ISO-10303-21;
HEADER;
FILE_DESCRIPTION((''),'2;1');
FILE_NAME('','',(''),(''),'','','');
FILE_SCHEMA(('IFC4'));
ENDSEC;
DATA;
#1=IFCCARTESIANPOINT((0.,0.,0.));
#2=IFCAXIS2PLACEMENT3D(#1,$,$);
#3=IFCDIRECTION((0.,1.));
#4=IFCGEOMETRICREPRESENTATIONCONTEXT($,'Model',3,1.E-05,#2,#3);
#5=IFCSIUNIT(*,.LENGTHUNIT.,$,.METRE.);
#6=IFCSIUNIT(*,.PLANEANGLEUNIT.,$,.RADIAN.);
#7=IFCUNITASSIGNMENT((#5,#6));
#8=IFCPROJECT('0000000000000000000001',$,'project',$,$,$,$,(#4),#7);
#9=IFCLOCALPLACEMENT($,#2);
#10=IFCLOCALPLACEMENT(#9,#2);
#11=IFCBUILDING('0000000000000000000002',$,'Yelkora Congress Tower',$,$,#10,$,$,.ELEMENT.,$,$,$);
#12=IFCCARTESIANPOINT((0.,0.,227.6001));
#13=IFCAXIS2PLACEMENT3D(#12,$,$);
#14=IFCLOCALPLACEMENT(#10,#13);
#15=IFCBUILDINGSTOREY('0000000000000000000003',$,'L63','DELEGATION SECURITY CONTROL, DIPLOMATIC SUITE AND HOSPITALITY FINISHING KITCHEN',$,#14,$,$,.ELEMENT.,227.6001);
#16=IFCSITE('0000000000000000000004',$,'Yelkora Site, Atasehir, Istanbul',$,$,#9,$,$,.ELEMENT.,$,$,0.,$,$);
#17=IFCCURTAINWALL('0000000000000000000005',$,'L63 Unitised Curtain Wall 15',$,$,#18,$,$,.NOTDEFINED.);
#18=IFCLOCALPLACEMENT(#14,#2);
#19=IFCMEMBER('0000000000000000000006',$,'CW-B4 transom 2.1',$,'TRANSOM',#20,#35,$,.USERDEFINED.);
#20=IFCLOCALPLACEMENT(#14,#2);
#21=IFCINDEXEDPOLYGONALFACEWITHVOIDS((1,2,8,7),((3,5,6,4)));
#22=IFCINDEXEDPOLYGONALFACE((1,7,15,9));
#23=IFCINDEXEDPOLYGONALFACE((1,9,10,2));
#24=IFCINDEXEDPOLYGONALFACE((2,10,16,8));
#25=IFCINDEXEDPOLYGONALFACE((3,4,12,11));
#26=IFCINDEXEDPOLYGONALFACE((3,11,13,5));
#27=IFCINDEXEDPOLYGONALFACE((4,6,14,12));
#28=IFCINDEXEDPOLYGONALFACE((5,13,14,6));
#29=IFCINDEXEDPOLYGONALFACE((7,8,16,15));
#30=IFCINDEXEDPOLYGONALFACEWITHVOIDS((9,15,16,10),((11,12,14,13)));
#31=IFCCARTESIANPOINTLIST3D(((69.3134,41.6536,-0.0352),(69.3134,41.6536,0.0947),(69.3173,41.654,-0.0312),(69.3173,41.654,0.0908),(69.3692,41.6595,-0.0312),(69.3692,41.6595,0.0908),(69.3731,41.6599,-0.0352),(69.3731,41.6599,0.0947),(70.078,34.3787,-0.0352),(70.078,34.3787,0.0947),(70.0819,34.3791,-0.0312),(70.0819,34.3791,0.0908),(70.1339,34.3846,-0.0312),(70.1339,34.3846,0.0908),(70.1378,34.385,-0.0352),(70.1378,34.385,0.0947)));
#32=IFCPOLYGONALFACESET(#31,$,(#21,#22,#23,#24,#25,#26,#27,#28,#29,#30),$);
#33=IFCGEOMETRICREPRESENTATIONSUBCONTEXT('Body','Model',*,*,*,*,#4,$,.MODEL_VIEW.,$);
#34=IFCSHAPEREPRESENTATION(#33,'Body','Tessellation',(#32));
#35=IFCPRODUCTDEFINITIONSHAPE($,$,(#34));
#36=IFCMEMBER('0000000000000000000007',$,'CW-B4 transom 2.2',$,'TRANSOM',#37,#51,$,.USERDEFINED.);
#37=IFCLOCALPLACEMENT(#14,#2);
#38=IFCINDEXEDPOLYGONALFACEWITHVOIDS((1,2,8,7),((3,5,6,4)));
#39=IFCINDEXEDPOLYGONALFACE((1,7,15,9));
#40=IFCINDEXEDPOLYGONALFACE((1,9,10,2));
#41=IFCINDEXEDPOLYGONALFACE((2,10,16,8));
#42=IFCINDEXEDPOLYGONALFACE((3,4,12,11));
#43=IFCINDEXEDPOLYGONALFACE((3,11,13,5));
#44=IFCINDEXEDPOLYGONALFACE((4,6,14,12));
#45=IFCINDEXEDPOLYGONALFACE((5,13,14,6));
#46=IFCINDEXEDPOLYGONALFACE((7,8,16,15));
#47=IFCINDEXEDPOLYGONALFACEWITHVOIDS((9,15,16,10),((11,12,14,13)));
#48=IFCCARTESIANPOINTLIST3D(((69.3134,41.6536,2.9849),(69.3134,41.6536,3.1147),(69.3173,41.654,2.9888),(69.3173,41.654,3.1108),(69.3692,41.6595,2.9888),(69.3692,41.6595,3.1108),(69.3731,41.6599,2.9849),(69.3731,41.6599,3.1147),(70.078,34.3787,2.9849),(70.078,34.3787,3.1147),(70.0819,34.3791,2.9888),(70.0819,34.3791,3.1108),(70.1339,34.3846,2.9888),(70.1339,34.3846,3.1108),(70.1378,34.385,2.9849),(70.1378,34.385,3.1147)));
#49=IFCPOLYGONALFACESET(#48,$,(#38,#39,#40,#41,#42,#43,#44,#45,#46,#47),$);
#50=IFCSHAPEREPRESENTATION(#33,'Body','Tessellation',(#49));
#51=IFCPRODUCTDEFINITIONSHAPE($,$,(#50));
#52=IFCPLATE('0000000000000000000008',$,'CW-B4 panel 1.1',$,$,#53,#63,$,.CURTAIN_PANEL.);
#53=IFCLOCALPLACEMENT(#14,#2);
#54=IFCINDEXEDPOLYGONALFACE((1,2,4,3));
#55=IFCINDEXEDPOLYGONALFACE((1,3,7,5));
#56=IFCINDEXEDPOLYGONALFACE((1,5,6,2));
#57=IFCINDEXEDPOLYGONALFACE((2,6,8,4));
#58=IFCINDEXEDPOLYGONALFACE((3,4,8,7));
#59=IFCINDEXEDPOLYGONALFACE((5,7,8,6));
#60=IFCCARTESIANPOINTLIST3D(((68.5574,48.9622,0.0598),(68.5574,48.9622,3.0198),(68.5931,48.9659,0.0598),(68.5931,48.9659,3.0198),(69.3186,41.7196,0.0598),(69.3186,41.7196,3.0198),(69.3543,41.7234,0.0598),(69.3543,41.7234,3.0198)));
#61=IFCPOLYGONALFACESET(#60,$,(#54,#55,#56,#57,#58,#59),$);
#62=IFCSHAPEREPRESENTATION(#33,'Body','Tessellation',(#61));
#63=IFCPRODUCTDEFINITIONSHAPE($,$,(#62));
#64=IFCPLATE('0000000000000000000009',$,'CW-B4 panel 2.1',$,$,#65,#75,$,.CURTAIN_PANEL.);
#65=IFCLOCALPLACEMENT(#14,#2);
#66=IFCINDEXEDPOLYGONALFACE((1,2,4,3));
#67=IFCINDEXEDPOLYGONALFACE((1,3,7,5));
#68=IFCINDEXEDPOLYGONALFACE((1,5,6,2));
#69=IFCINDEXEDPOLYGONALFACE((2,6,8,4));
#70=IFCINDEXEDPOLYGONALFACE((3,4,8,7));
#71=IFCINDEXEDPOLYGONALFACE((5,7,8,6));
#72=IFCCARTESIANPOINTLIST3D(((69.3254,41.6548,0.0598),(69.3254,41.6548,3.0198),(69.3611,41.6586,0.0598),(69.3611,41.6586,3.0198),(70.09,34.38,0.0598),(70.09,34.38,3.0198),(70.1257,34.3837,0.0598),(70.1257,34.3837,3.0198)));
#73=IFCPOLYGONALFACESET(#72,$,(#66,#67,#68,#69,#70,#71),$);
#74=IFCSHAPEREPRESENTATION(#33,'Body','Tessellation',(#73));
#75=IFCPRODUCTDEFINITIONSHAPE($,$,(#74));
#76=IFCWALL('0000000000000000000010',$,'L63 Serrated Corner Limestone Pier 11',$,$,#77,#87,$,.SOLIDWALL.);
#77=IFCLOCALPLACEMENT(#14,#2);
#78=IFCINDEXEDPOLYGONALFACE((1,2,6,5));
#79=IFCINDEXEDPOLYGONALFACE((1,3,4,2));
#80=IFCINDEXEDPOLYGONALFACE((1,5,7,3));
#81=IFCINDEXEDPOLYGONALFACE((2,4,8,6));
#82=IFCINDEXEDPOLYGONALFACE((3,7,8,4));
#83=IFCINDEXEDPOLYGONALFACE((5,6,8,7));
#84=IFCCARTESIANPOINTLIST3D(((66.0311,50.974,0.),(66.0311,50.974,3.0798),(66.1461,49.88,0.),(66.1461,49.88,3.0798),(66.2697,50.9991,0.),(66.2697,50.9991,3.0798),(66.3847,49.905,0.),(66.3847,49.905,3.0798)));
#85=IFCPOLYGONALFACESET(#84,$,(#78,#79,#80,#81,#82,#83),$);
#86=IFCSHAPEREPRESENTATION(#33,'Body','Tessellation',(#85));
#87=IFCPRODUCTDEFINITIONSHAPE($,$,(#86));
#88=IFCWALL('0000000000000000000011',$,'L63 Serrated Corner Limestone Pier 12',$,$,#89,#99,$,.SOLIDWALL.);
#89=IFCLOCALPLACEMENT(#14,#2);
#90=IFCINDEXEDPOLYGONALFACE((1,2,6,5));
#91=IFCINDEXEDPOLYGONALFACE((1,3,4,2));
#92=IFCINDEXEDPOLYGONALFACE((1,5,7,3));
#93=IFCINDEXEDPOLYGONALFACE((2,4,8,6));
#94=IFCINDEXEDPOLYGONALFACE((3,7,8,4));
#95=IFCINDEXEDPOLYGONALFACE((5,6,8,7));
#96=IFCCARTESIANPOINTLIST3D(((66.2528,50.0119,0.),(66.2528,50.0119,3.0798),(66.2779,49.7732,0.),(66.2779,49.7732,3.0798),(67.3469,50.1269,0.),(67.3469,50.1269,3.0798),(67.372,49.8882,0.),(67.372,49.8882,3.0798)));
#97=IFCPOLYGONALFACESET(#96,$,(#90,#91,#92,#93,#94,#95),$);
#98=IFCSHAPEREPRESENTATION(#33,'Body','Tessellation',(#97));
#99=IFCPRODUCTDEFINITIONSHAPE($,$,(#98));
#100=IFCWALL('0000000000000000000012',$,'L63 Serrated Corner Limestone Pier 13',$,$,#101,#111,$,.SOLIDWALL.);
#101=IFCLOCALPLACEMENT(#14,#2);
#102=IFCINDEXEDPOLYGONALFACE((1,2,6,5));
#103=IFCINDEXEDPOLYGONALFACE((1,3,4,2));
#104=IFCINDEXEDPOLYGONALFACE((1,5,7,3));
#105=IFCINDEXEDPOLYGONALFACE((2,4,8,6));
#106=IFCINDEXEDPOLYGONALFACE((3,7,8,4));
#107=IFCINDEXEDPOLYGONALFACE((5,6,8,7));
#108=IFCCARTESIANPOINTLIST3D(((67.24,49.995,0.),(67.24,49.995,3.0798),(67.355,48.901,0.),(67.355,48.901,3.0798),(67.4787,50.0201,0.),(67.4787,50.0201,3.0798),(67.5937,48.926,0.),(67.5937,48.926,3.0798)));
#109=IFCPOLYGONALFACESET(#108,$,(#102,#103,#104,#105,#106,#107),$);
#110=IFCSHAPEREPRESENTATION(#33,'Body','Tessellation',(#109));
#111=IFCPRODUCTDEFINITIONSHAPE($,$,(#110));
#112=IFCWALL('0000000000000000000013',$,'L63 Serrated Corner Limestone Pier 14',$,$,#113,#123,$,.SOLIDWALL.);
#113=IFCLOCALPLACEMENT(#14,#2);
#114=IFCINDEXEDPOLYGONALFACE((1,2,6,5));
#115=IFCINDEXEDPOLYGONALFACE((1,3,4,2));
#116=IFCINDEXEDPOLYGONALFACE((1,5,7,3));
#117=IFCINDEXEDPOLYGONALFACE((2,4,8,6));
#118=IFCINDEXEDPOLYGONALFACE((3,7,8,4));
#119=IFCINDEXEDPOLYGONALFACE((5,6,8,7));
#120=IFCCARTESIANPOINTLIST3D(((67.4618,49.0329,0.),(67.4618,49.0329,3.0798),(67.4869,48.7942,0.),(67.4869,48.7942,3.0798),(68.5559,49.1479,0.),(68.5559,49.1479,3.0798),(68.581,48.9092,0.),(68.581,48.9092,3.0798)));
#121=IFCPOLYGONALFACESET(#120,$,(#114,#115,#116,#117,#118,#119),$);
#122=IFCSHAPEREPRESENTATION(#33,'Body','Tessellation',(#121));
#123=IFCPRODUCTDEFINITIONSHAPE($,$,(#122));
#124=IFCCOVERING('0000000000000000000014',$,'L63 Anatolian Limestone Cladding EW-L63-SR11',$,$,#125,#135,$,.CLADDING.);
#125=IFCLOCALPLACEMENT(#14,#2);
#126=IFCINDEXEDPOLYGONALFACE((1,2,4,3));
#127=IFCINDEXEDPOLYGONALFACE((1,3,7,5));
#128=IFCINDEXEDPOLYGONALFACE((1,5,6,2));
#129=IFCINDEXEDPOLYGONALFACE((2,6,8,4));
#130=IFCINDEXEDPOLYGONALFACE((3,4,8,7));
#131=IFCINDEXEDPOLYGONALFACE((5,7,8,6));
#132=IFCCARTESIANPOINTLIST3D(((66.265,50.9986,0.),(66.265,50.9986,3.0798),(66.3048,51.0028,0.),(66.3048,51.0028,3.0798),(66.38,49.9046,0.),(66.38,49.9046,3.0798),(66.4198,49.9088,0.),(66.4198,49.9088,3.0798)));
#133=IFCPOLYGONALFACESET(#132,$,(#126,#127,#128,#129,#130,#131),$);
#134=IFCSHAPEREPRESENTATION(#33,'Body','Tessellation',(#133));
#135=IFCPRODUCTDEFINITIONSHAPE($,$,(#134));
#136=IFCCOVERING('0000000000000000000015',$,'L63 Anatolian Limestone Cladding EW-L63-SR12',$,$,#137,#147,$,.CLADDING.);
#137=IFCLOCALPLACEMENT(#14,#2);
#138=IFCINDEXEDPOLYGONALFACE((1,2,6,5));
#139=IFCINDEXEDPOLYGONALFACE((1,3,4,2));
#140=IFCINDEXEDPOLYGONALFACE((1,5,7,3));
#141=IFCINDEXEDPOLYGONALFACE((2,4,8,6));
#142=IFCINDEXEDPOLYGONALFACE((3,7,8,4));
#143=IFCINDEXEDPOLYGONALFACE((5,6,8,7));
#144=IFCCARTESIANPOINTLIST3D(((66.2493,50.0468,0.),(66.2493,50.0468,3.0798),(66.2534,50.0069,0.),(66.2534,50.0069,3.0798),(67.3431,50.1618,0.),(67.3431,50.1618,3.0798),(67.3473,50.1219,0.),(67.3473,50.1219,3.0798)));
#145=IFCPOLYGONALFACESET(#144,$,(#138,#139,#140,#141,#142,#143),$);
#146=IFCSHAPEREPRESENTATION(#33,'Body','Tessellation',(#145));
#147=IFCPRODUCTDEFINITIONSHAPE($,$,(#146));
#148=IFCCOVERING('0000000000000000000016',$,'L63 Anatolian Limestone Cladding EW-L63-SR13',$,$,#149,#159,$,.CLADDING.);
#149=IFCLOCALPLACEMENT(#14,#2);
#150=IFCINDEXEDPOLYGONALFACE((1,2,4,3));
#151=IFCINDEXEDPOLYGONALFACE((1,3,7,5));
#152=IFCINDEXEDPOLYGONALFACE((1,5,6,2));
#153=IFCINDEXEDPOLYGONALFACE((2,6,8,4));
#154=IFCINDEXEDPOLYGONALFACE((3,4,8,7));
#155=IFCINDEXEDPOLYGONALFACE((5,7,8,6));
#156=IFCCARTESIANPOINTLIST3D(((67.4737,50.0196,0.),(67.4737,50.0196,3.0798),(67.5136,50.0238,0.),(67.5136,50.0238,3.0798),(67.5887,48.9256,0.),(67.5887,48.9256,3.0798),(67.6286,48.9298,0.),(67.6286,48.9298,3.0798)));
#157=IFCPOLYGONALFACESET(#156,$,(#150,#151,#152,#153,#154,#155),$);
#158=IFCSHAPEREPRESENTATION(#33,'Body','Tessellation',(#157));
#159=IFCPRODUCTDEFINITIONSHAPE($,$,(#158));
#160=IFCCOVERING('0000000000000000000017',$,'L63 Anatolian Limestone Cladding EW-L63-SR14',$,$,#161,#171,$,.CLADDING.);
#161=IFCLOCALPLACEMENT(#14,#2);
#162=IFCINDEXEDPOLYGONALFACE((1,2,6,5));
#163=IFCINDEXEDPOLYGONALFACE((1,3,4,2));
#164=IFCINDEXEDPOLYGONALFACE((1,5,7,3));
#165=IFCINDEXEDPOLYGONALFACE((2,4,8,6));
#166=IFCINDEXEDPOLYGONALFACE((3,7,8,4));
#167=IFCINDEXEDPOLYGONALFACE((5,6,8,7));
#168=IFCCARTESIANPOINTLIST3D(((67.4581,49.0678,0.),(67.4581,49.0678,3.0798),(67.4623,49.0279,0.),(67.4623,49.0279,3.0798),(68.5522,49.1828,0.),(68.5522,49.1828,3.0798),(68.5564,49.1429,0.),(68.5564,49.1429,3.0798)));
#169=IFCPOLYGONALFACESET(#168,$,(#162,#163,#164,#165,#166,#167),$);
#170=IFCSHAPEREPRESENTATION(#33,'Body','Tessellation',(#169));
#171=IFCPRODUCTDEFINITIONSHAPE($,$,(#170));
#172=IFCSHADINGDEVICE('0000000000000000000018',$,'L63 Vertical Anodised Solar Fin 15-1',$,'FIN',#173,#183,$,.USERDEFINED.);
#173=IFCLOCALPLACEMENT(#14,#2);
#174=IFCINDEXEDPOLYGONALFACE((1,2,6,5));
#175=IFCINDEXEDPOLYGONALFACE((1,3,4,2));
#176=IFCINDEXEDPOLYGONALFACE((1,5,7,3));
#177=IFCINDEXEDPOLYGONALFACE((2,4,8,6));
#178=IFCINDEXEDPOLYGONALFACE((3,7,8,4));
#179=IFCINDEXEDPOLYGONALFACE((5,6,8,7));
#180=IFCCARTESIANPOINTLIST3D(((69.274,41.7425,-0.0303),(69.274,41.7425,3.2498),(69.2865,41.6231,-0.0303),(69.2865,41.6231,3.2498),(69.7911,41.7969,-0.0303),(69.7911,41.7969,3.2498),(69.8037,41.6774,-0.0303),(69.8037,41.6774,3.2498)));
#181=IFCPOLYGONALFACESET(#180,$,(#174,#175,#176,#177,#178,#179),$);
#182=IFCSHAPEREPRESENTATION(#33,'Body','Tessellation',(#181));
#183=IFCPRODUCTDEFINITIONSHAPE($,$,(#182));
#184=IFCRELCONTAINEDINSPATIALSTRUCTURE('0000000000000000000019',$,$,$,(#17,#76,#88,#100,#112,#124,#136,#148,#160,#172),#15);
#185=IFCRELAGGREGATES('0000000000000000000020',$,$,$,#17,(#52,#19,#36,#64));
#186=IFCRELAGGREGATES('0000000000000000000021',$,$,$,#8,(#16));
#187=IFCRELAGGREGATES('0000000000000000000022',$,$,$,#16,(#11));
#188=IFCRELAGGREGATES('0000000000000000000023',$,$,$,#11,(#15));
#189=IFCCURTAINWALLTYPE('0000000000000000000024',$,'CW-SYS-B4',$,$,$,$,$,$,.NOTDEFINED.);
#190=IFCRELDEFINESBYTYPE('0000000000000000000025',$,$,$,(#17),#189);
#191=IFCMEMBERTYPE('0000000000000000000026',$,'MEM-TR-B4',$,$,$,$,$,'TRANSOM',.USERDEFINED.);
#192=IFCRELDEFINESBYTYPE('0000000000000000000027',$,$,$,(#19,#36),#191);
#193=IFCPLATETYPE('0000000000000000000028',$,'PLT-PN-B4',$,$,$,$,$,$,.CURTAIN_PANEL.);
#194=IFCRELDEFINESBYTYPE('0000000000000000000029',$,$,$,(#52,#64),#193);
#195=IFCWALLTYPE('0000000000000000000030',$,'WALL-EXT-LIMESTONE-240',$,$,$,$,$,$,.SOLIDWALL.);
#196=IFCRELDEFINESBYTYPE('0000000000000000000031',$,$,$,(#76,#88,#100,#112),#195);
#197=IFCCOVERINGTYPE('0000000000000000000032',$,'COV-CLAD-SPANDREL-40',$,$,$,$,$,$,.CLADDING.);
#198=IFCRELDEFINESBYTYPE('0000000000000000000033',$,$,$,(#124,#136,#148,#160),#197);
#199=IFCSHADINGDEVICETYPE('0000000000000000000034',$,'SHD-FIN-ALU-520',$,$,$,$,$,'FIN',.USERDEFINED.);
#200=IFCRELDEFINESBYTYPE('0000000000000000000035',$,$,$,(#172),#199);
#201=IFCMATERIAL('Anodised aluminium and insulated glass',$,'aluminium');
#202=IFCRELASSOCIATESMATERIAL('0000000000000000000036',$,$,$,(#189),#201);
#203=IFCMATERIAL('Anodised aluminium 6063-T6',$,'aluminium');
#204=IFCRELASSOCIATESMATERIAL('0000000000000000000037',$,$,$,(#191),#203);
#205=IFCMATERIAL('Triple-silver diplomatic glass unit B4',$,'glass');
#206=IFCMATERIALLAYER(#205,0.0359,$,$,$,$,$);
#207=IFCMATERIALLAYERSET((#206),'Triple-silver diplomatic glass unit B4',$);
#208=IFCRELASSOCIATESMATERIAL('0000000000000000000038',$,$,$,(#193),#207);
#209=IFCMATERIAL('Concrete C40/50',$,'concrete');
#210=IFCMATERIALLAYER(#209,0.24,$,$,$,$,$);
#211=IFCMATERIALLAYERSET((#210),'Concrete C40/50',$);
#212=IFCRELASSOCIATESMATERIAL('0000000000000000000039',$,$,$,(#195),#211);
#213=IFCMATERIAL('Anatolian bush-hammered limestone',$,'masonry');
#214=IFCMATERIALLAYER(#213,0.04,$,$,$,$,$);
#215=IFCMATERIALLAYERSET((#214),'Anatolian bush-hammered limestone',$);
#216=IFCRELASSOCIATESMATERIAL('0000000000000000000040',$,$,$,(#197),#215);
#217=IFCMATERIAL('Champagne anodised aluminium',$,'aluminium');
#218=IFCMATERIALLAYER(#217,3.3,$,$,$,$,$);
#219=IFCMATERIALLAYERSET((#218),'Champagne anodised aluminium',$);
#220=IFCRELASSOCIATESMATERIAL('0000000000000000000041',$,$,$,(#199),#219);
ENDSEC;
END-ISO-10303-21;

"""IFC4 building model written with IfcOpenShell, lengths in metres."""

from ifc_helpers import new_model, si_unit, direction, frame, frame_2d, origin, origin_2d, place, context, subcontext, project, spatial, rectangle, hollow_rectangle, extrude, material, layer, layer_set, material_profile, profile_set, type_object, element, aggregate, save


model = new_model("IFC4")

# Units and contexts
model_context = context("Model", 3, precision=1e-05, world=origin(), true_north=direction((0.0, 1.0)))
body_context = subcontext(model_context, "Body", "Model", "MODEL_VIEW")
ifc_project = project(units=[si_unit("LENGTHUNIT", "METRE"), si_unit("PLANEANGLEUNIT", "RADIAN")], contexts=[model_context])

# Site, building, storey
site_placement = place(None, origin())
site = spatial("IfcSite", under=ifc_project, at=site_placement, Name="Yelkora Site, Atasehir, Istanbul", CompositionType="ELEMENT", RefElevation=0.0)
building_placement = place(site_placement, origin())
building = spatial("IfcBuilding", under=site, at=building_placement, Name="Yelkora Congress Tower", CompositionType="ELEMENT")
storey_placement = place(building_placement, frame((0.0, 0.0, 227.6001)))
storey = spatial("IfcBuildingStorey", under=building, at=storey_placement, Name="L63", Description="DELEGATION SECURITY CONTROL, DIPLOMATIC SUITE AND HOSPITALITY FINISHING KITCHEN", CompositionType="ELEMENT", Elevation=227.6001)

# Shared definitions
ifc_material_1 = material(Name="Anodised aluminium and insulated glass", Category="aluminium")
curtain_wall_type = type_object("IfcCurtainWallType", Name="CW-SYS-B4", PredefinedType="NOTDEFINED", material=ifc_material_1)
ifc_material_2 = material(Name="Anodised aluminium 6063-T6", Category="aluminium")

# Curtain wall, members, plates
curtain_wall_1_placement = place(storey_placement, origin())
curtain_wall_1 = element("IfcCurtainWall", 1, at=curtain_wall_1_placement, inside=storey, type_object=curtain_wall_type, Name="L63 Unitised Curtain Wall 15", PredefinedType="NOTDEFINED")
ifc_material_profile_1 = material_profile(ifc_material_2, hollow_rectangle(XDim=0.0601, YDim=0.1299, WallThickness=0.0039, at=origin_2d()), Name="ALU 60x130x4")
ifc_profile_set_1 = profile_set([ifc_material_profile_1], Name="Anodised aluminium 6063-T6")
member_type_1 = type_object("IfcMemberType", Name="MEM-TR-B4", ElementType="TRANSOM", PredefinedType="USERDEFINED", material=ifc_profile_set_1)
member_1_placement = place(storey_placement, frame((69.3433, 41.6567, 0.0298), z_axis=(0.104532, -0.994522, 0.0), x_axis=(0.994522, 0.104532, 0.0)))
member_1 = element("IfcMember", 2, at=member_1_placement, type_object=member_type_1, Name="CW-B4 transom 2.1", ObjectType="TRANSOM", PredefinedType="USERDEFINED", context=body_context, shape_type="SweptSolid", body=[
    extrude(hollow_rectangle(XDim=0.0601, YDim=0.1299, WallThickness=0.0039, at=origin_2d()), origin(), (0.0, 0.0, 1.0), 7.3149),
])
member_2_placement = place(storey_placement, frame((69.3433, 41.6567, 3.0498), z_axis=(0.104532, -0.994522, 0.0), x_axis=(0.994522, 0.104532, 0.0)))
member_2 = element("IfcMember", 3, at=member_2_placement, type_object=member_type_1, Name="CW-B4 transom 2.2", ObjectType="TRANSOM", PredefinedType="USERDEFINED", context=body_context, shape_type="SweptSolid", body=[
    extrude(hollow_rectangle(XDim=0.0601, YDim=0.1299, WallThickness=0.0039, at=origin_2d()), origin(), (0.0, 0.0, 1.0), 7.3149),
])
ifc_material_3 = material(Name="Triple-silver diplomatic glass unit B4", Category="glass")
ifc_layer_1 = layer(ifc_material_3, 0.0359)
ifc_layer_set_1 = layer_set([ifc_layer_1], Name="Triple-silver diplomatic glass unit B4")
plate_type = type_object("IfcPlateType", Name="PLT-PN-B4", PredefinedType="CURTAIN_PANEL", material=ifc_layer_set_1)
plate_1_placement = place(storey_placement, frame((68.9558, 45.3428, 0.0598), z_axis=(0.0, 0.0, 1.0), x_axis=(0.104526, -0.994522, 0.0)))
plate_1 = element("IfcPlate", 4, at=plate_1_placement, type_object=plate_type, Name="CW-B4 panel 1.1", PredefinedType="CURTAIN_PANEL", context=body_context, shape_type="SweptSolid", body=[
    extrude(rectangle(XDim=7.2825, YDim=0.0359, at=origin_2d()), origin(), (0.0, 0.0, 1.0), 2.96),
])
plate_2_placement = place(storey_placement, frame((69.7256, 38.0193, 0.0598), z_axis=(0.0, 0.0, 1.0), x_axis=(0.104526, -0.994522, 0.0)))
plate_2 = element("IfcPlate", 5, at=plate_2_placement, type_object=plate_type, Name="CW-B4 panel 2.1", PredefinedType="CURTAIN_PANEL", context=body_context, shape_type="SweptSolid", body=[
    extrude(rectangle(XDim=7.3149, YDim=0.0359, at=origin_2d()), origin(), (0.0, 0.0, 1.0), 2.96),
])
aggregate(curtain_wall_1, [plate_1, member_1, member_2, plate_2])

# Walls
ifc_material_4 = material(Name="Concrete C40/50", Category="concrete")
ifc_layer_2 = layer(ifc_material_4, 0.24)
ifc_layer_set_2 = layer_set([ifc_layer_2], Name="Concrete C40/50")
wall_type = type_object("IfcWallType", Name="WALL-EXT-LIMESTONE-240", PredefinedType="SOLIDWALL", material=ifc_layer_set_2)
for number, where, z_axis, x_axis, name in (
    (6, (66.1504, 50.9866, 0.0), (0.0, 0.0, 1.0), (0.104535, -0.994521, 0.0), "L63 Serrated Corner Limestone Pier 11"),
    (7, (66.2654, 49.8926, 0.0), (0.0, 0.0, 1.0), (0.994521, 0.104535, 0.0), "L63 Serrated Corner Limestone Pier 12"),
    (8, (67.3594, 50.0076, 0.0), (0.0, 0.0, 1.0), (0.104535, -0.994521, 0.0), "L63 Serrated Corner Limestone Pier 13"),
    (9, (67.4744, 48.9136, 0.0), (0.0, 0.0, 1.0), (0.994521, 0.104535, 0.0), "L63 Serrated Corner Limestone Pier 14"),
):
    element("IfcWall", number, at=place(storey_placement, frame(where, z_axis=z_axis, x_axis=x_axis)), inside=storey, type_object=wall_type, Name=name, PredefinedType="SOLIDWALL", context=body_context, shape_type="SweptSolid", body=[
        extrude(rectangle(XDim=1.1001, YDim=0.24, at=frame_2d((0.55, 0.0))), origin(), (0.0, 0.0, 1.0), 3.0798),
    ])

# Coverings
ifc_material_5 = material(Name="Anatolian bush-hammered limestone", Category="masonry")
ifc_layer_3 = layer(ifc_material_5, 0.04)
ifc_layer_set_3 = layer_set([ifc_layer_3], Name="Anatolian bush-hammered limestone")
covering_type = type_object("IfcCoveringType", Name="COV-CLAD-SPANDREL-40", PredefinedType="CLADDING", material=ifc_layer_set_3)
covering_1_placement = place(storey_placement, frame((66.2849, 51.0007, 0.0), z_axis=(0.0, 0.0, 1.0), x_axis=(0.104535, -0.994521, 0.0)))
element("IfcCovering", 10, at=covering_1_placement, inside=storey, type_object=covering_type, Name="L63 Anatolian Limestone Cladding EW-L63-SR11", PredefinedType="CLADDING", context=body_context, shape_type="SweptSolid", body=[
    extrude(rectangle(XDim=1.1001, YDim=0.04, at=frame_2d((0.55, 0.0))), origin(), (0.0, 0.0, 1.0), 3.0798),
])
covering_2_placement = place(storey_placement, frame((66.2515, 50.0269, 0.0), z_axis=(0.0, 0.0, 1.0), x_axis=(0.994519, 0.104558, 0.0)))
element("IfcCovering", 11, at=covering_2_placement, inside=storey, type_object=covering_type, Name="L63 Anatolian Limestone Cladding EW-L63-SR12", PredefinedType="CLADDING", context=body_context, shape_type="SweptSolid", body=[
    extrude(rectangle(XDim=1.0999, YDim=0.04, at=frame_2d((0.5498, 0.0))), origin(), (0.0, 0.0, 1.0), 3.0798),
])
for number, where, z_axis, x_axis, name in (
    (12, (67.4937, 50.0217, 0.0), (0.0, 0.0, 1.0), (0.104535, -0.994521, 0.0), "L63 Anatolian Limestone Cladding EW-L63-SR13"),
    (13, (67.4602, 49.0479, 0.0), (0.0, 0.0, 1.0), (0.994521, 0.104535, 0.0), "L63 Anatolian Limestone Cladding EW-L63-SR14"),
):
    element("IfcCovering", number, at=place(storey_placement, frame(where, z_axis=z_axis, x_axis=x_axis)), inside=storey, type_object=covering_type, Name=name, PredefinedType="CLADDING", context=body_context, shape_type="SweptSolid", body=[
        extrude(rectangle(XDim=1.1001, YDim=0.04, at=frame_2d((0.55, 0.0))), origin(), (0.0, 0.0, 1.0), 3.0798),
    ])

# Shading device
ifc_material_6 = material(Name="Champagne anodised aluminium", Category="aluminium")
ifc_layer_4 = layer(ifc_material_6, 3.3)
ifc_layer_set_4 = layer_set([ifc_layer_4], Name="Champagne anodised aluminium")
shading_device_type = type_object("IfcShadingDeviceType", Name="SHD-FIN-ALU-520", ElementType="FIN", PredefinedType="USERDEFINED", material=ifc_layer_set_4)
shading_device_placement = place(storey_placement, frame((69.5388, 41.71, -0.0303), z_axis=(0.0, 0.0, 1.0), x_axis=(0.104528, -0.994522, 0.0)))
element("IfcShadingDevice", 14, at=shading_device_placement, inside=storey, type_object=shading_device_type, Name="L63 Vertical Anodised Solar Fin 15-1", ObjectType="FIN", PredefinedType="USERDEFINED", context=body_context, shape_type="SweptSolid", body=[
    extrude(rectangle(XDim=0.1201, YDim=0.52, at=origin_2d()), origin(), (0.0, 0.0, 1.0), 3.28),
])

save(model, "model.ifc")
